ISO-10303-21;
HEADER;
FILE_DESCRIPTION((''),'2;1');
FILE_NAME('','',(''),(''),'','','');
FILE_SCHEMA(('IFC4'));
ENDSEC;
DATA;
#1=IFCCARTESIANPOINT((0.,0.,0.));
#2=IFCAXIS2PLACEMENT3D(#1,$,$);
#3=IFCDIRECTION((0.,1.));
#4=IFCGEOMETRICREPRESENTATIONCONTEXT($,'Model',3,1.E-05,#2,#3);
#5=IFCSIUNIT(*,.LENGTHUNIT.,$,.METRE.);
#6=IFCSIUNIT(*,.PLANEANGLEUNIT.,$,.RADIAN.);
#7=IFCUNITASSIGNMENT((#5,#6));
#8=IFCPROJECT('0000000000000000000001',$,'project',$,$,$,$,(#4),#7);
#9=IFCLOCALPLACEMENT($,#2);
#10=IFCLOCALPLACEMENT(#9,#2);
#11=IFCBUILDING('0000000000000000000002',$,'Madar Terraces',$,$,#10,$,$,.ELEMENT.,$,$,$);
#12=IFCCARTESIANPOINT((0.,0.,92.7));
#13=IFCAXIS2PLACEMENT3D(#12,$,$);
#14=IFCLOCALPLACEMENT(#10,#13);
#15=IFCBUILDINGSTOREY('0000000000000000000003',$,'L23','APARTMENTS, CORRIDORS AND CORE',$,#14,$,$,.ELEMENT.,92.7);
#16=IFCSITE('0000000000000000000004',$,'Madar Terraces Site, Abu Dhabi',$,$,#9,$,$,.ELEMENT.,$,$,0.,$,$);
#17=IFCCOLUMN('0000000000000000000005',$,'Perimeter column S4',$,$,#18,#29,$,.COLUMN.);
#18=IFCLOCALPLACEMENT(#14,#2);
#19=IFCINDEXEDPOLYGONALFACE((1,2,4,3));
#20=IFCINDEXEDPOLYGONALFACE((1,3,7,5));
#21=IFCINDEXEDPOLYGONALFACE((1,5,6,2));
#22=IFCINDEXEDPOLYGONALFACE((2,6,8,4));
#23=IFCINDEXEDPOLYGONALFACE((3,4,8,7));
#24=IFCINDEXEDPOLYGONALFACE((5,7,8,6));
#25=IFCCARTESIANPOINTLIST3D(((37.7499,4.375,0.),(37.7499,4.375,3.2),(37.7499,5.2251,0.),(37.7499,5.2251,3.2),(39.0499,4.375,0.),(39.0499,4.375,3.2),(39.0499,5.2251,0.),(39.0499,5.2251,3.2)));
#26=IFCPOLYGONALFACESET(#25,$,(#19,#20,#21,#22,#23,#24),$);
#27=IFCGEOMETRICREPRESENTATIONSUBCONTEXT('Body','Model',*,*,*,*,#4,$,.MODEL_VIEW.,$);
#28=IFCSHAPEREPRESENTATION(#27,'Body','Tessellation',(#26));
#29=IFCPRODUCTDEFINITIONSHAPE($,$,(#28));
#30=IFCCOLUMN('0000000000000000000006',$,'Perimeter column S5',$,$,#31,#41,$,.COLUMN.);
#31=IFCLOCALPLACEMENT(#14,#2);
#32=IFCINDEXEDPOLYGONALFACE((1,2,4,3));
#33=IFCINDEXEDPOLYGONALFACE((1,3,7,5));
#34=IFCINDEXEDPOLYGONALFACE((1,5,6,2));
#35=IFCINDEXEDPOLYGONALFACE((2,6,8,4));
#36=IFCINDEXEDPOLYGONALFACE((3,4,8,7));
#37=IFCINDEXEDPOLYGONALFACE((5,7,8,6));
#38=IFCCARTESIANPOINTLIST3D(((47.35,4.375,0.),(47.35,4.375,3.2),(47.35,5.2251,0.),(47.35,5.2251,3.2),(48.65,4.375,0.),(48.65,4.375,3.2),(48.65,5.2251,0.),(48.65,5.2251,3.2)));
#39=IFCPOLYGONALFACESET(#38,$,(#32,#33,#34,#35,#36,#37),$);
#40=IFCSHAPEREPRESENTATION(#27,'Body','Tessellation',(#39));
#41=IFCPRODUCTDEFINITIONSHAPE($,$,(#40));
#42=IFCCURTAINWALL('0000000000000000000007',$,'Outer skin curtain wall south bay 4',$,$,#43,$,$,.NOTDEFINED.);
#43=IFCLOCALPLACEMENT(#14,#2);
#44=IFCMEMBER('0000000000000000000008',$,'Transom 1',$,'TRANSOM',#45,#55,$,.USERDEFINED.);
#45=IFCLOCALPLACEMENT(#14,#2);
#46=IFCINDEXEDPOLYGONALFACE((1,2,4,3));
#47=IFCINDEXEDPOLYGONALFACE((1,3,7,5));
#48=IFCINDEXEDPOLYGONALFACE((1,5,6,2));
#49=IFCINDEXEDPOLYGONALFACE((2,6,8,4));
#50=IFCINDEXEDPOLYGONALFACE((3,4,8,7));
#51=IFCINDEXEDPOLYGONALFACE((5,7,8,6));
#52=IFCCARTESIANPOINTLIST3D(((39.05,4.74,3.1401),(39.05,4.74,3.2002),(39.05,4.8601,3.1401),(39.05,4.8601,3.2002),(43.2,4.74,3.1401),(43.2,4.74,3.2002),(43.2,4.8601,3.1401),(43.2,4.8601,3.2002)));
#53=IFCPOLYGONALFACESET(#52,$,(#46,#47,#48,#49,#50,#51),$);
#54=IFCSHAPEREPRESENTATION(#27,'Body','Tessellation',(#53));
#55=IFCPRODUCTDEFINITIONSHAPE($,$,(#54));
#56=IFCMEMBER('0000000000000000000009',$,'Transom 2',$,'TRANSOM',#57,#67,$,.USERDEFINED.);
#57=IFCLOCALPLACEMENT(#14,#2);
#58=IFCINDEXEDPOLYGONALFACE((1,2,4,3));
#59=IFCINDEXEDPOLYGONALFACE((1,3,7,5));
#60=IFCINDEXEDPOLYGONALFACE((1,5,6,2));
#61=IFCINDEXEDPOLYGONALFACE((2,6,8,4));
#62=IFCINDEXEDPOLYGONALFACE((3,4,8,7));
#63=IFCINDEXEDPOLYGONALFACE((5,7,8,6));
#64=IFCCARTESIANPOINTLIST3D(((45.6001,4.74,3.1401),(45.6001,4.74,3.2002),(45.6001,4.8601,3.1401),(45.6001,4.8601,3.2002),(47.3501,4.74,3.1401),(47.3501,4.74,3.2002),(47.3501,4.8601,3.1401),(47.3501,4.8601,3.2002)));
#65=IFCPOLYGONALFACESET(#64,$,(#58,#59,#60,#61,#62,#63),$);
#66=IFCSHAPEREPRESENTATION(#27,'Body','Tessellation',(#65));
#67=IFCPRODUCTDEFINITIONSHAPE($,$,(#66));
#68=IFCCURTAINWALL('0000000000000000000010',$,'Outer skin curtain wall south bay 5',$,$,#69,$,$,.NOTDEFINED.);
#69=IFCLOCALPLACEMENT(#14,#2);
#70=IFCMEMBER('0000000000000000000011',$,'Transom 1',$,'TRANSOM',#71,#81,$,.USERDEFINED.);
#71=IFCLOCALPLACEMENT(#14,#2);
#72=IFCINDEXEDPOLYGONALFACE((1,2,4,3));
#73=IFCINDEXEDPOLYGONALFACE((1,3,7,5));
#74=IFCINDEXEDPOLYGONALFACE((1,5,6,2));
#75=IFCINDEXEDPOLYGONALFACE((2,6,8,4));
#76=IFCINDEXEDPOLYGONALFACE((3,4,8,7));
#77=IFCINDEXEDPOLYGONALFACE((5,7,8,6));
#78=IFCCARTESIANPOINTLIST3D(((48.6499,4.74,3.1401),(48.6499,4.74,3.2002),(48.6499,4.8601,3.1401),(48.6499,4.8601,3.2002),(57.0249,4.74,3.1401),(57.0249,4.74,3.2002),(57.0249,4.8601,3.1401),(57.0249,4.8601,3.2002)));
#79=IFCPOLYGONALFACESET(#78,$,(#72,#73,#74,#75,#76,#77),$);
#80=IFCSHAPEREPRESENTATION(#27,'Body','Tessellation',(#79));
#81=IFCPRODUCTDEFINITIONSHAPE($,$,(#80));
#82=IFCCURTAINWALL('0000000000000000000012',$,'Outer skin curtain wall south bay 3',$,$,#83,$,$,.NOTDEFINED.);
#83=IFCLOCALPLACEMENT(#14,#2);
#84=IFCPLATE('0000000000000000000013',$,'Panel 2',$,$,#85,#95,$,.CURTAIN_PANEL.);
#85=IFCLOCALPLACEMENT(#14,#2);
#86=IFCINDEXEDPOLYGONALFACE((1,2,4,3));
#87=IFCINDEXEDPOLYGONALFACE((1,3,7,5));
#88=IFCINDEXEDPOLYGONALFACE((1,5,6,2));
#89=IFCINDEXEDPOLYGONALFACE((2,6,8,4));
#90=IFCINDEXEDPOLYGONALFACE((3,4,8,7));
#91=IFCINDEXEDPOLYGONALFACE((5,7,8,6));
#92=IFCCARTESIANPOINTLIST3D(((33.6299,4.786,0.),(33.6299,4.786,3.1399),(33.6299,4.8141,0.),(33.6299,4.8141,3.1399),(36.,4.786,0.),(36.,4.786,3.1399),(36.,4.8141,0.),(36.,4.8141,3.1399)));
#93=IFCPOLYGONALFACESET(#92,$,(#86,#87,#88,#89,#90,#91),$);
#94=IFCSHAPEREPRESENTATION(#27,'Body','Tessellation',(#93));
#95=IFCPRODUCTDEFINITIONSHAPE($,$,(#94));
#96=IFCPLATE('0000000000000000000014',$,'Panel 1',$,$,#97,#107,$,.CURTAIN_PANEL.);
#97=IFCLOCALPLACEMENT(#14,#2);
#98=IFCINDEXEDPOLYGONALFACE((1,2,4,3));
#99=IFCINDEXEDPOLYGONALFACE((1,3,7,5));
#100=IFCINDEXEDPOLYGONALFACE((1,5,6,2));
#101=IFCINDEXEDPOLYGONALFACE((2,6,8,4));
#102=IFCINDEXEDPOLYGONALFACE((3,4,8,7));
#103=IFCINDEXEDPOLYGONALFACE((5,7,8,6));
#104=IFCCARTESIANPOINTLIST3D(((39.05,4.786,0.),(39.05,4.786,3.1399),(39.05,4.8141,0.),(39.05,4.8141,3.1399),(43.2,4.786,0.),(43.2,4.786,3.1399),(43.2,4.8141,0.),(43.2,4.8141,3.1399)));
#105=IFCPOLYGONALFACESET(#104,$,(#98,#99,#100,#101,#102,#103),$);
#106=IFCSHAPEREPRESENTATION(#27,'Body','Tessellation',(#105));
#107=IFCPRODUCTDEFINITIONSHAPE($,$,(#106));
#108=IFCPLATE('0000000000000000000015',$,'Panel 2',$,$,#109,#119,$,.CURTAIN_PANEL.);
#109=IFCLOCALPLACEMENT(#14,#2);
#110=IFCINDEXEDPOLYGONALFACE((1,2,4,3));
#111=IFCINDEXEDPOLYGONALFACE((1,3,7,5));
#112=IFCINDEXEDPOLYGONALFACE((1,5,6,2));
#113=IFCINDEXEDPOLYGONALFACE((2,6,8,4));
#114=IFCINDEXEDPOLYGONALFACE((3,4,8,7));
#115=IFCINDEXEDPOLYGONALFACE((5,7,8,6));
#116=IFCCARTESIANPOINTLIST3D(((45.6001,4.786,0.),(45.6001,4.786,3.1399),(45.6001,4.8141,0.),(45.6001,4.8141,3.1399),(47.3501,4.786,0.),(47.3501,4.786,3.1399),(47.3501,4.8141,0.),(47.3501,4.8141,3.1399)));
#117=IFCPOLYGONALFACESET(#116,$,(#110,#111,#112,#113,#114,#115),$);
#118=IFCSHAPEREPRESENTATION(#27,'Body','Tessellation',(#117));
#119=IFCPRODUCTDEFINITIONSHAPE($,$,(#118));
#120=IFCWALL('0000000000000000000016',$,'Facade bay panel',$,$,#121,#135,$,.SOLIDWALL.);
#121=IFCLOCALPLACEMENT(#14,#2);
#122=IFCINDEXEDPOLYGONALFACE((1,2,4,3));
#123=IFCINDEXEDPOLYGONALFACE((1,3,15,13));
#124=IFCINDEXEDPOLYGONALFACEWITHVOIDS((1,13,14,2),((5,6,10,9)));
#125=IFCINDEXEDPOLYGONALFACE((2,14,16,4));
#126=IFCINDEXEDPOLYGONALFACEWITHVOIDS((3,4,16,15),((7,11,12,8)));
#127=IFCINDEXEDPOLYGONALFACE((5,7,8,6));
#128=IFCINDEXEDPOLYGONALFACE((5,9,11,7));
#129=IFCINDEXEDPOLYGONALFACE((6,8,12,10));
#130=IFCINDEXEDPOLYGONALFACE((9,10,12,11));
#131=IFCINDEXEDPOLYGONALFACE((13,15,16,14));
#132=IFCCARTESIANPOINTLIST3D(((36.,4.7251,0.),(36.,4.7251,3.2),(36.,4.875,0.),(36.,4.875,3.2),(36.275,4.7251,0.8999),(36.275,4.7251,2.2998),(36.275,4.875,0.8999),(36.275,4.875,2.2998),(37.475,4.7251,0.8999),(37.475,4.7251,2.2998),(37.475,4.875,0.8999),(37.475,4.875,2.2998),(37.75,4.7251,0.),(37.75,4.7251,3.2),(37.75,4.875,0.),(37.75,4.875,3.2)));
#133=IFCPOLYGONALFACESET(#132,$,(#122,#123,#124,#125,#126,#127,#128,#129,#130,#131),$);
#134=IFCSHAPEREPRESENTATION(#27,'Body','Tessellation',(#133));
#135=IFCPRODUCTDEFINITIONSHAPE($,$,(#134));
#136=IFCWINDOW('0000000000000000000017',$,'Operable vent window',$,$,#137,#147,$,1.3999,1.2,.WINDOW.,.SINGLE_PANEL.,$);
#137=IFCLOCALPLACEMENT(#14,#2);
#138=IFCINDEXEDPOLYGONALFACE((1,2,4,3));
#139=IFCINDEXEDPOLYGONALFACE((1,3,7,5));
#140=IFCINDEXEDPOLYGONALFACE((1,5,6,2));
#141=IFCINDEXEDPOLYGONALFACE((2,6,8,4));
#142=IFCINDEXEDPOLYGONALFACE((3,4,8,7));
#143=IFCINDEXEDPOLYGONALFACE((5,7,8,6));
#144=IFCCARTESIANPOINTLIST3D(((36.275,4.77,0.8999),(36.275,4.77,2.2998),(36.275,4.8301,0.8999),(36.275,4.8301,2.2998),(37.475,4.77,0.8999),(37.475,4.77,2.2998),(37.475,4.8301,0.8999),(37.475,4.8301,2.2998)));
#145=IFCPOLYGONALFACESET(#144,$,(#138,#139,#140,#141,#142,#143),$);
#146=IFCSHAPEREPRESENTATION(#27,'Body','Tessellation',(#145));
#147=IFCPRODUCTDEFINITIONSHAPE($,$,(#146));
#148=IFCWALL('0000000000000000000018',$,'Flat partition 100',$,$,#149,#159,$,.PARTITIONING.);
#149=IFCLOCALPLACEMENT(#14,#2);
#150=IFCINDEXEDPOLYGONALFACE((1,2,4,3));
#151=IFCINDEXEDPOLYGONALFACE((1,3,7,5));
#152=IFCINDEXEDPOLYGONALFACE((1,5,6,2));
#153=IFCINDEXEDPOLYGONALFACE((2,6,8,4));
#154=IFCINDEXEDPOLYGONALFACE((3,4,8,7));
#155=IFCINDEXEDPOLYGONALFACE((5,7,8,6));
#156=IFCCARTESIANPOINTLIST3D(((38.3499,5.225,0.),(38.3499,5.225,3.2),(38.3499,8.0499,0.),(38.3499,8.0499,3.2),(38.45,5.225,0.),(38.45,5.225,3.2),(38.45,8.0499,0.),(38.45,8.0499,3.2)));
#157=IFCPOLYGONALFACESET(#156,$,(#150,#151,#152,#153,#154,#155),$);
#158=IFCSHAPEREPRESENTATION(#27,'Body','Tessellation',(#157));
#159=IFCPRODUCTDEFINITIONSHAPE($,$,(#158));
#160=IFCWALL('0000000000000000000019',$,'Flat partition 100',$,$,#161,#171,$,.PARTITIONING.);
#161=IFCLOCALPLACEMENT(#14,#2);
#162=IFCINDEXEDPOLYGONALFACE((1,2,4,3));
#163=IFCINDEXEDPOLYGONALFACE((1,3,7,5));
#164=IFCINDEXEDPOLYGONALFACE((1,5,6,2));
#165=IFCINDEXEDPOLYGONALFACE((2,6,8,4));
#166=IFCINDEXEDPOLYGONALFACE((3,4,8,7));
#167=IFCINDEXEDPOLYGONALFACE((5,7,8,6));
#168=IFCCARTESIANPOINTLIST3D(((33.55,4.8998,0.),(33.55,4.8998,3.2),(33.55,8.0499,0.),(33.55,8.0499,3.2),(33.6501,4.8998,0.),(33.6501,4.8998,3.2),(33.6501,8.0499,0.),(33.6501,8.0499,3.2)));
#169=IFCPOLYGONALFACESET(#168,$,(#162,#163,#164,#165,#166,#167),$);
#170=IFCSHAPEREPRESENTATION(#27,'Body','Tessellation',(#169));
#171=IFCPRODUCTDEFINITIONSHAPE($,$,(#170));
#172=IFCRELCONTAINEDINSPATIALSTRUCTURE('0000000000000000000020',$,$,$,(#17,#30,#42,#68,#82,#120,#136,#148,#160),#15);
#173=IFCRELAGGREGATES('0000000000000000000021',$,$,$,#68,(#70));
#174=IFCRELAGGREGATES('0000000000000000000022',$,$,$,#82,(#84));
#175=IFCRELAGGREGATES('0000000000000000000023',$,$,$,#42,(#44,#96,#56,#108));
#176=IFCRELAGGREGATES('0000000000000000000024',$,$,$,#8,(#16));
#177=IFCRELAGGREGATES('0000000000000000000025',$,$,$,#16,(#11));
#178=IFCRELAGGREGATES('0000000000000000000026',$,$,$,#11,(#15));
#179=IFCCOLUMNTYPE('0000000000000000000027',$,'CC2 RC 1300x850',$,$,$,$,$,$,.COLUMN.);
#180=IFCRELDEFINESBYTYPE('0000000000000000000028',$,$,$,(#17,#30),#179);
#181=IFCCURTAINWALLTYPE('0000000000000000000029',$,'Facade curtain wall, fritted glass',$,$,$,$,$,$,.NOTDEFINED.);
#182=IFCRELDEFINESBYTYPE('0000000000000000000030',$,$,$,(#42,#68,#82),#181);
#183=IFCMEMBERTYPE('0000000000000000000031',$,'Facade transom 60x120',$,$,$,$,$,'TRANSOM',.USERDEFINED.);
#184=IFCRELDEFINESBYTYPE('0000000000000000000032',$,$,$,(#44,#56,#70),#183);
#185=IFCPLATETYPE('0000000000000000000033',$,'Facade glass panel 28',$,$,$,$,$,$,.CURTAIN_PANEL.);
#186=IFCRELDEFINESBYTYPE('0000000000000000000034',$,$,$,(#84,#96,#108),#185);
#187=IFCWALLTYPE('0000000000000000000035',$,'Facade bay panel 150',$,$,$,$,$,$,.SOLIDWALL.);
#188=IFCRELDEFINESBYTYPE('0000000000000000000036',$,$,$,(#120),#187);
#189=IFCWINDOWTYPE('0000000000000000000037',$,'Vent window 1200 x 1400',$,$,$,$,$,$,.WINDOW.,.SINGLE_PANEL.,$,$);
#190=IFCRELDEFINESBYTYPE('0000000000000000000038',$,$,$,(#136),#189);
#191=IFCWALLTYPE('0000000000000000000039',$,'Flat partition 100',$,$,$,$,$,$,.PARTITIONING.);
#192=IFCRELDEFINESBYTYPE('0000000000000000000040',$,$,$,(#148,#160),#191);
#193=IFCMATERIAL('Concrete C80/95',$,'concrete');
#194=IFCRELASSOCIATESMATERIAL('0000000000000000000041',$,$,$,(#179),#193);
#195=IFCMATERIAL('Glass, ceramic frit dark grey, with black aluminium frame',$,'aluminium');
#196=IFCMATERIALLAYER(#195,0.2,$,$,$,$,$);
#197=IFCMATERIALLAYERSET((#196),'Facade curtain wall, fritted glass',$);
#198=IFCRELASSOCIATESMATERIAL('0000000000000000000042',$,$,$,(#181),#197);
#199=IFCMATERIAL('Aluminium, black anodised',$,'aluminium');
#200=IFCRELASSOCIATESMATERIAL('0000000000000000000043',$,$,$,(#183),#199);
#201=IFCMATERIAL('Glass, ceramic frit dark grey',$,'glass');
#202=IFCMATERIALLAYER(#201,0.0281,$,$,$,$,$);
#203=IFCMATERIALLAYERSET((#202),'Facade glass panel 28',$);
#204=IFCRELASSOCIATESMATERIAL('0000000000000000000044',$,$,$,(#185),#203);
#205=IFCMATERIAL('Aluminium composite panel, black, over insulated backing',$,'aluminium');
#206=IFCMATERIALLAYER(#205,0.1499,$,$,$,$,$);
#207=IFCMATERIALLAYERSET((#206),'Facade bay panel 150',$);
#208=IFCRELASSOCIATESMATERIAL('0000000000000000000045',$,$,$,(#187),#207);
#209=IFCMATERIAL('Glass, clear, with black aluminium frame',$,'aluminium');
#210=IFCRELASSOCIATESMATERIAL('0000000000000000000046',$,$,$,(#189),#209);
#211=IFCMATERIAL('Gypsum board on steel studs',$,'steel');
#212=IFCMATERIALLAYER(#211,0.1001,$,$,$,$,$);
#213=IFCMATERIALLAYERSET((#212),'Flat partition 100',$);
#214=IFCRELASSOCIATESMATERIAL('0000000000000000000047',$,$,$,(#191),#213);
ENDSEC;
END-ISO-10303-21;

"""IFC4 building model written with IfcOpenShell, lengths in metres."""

from ifc_helpers import new_model, si_unit, direction, frame, frame_2d, origin, origin_2d, place, context, subcontext, project, spatial, rectangle, extrude, material, layer, layer_set, material_profile, profile_set, type_object, element, fill, aggregate, save


model = new_model("IFC4")

# Units and contexts
model_context = context("Model", 3, precision=1e-05, world=origin(), true_north=direction((0.0, 1.0)))
body_context = subcontext(model_context, "Body", "Model", "MODEL_VIEW")
ifc_project = project(units=[si_unit("LENGTHUNIT", "METRE"), si_unit("PLANEANGLEUNIT", "RADIAN")], contexts=[model_context])

# Site, building, storey
site_placement = place(None, origin())
site = spatial("IfcSite", under=ifc_project, at=site_placement, Name="Madar Terraces Site, Abu Dhabi", CompositionType="ELEMENT", RefElevation=0.0)
building_placement = place(site_placement, origin())
building = spatial("IfcBuilding", under=site, at=building_placement, Name="Madar Terraces", CompositionType="ELEMENT")
storey_placement = place(building_placement, frame((0.0, 0.0, 92.7)))
storey = spatial("IfcBuildingStorey", under=building, at=storey_placement, Name="L23", Description="APARTMENTS, CORRIDORS AND CORE", CompositionType="ELEMENT", Elevation=92.7)

# Columns
ifc_material_1 = material(Name="Concrete C80/95", Category="concrete")
ifc_material_profile_1 = material_profile(ifc_material_1, rectangle(XDim=1.3, YDim=0.8501, at=origin_2d()), Name="CC2 RC 1300x850")
ifc_profile_set_1 = profile_set([ifc_material_profile_1], Name="Concrete C80/95")
column_type = type_object("IfcColumnType", Name="CC2 RC 1300x850", PredefinedType="COLUMN", material=ifc_profile_set_1)
for number, where, z_axis, x_axis, name in (
    (1, (38.3999, 4.8, 0.0), (0.0, 0.0, 1.0), (1.0, 0.0, 0.0), "Perimeter column S4"),
    (2, (48.0, 4.8, 0.0), (0.0, 0.0, 1.0), (1.0, 0.0, 0.0), "Perimeter column S5"),
):
    element("IfcColumn", number, at=place(storey_placement, frame(where, z_axis=z_axis, x_axis=x_axis)), inside=storey, type_object=column_type, Name=name, PredefinedType="COLUMN", context=body_context, shape_type="SweptSolid", body=[
        extrude(rectangle(XDim=1.3, YDim=0.8501, at=origin_2d()), origin(), (0.0, 0.0, 1.0), 3.2),
    ])

# Curtain wall, members
ifc_material_2 = material(Name="Glass, ceramic frit dark grey, with black aluminium frame", Category="aluminium")
ifc_layer_1 = layer(ifc_material_2, 0.2)
ifc_layer_set_1 = layer_set([ifc_layer_1], Name="Facade curtain wall, fritted glass")
curtain_wall_type = type_object("IfcCurtainWallType", Name="Facade curtain wall, fritted glass", PredefinedType="NOTDEFINED", material=ifc_layer_set_1)
curtain_wall_1_placement = place(storey_placement, origin())
curtain_wall_1 = element("IfcCurtainWall", 3, at=curtain_wall_1_placement, inside=storey, type_object=curtain_wall_type, Name="Outer skin curtain wall south bay 4", PredefinedType="NOTDEFINED")
ifc_material_3 = material(Name="Aluminium, black anodised", Category="aluminium")
ifc_material_profile_2 = material_profile(ifc_material_3, rectangle(XDim=0.1201, YDim=0.0601, at=origin_2d()), Name="Facade transom 60x120")
ifc_profile_set_2 = profile_set([ifc_material_profile_2], Name="Aluminium, black anodised")
member_type = type_object("IfcMemberType", Name="Facade transom 60x120", ElementType="TRANSOM", PredefinedType="USERDEFINED", material=ifc_profile_set_2)
member_1_placement = place(storey_placement, frame((39.05, 4.8, 3.1702), z_axis=(1.0, 0.0, 0.0), x_axis=(0.0, 1.0, 0.0)))
member_1 = element("IfcMember", 4, at=member_1_placement, type_object=member_type, Name="Transom 1", ObjectType="TRANSOM", PredefinedType="USERDEFINED", context=body_context, shape_type="SweptSolid", body=[
    extrude(rectangle(XDim=0.1201, YDim=0.0601, at=origin_2d()), origin(), (0.0, 0.0, 1.0), 4.1499),
])
member_2_placement = place(storey_placement, frame((45.6001, 4.8, 3.1702), z_axis=(1.0, 0.0, 0.0), x_axis=(0.0, 1.0, 0.0)))
member_2 = element("IfcMember", 5, at=member_2_placement, type_object=member_type, Name="Transom 2", ObjectType="TRANSOM", PredefinedType="USERDEFINED", context=body_context, shape_type="SweptSolid", body=[
    extrude(rectangle(XDim=0.1201, YDim=0.0601, at=origin_2d()), origin(), (0.0, 0.0, 1.0), 1.75),
])

# Curtain wall, member
curtain_wall_2_placement = place(storey_placement, origin())
curtain_wall_2 = element("IfcCurtainWall", 6, at=curtain_wall_2_placement, inside=storey, type_object=curtain_wall_type, Name="Outer skin curtain wall south bay 5", PredefinedType="NOTDEFINED")
member_3_placement = place(storey_placement, frame((48.6499, 4.8, 3.1702), z_axis=(1.0, 0.0, 0.0), x_axis=(0.0, 1.0, 0.0)))
member_3 = element("IfcMember", 7, at=member_3_placement, type_object=member_type, Name="Transom 1", ObjectType="TRANSOM", PredefinedType="USERDEFINED", context=body_context, shape_type="SweptSolid", body=[
    extrude(rectangle(XDim=0.1201, YDim=0.0601, at=origin_2d()), origin(), (0.0, 0.0, 1.0), 8.375),
])
aggregate(curtain_wall_2, [member_3])

# Curtain wall, plate
curtain_wall_3_placement = place(storey_placement, origin())
curtain_wall_3 = element("IfcCurtainWall", 8, at=curtain_wall_3_placement, inside=storey, type_object=curtain_wall_type, Name="Outer skin curtain wall south bay 3", PredefinedType="NOTDEFINED")
ifc_material_4 = material(Name="Glass, ceramic frit dark grey", Category="glass")
ifc_layer_2 = layer(ifc_material_4, 0.0281)
ifc_layer_set_2 = layer_set([ifc_layer_2], Name="Facade glass panel 28")
plate_type = type_object("IfcPlateType", Name="Facade glass panel 28", PredefinedType="CURTAIN_PANEL", material=ifc_layer_set_2)
plate_1_placement = place(storey_placement, frame((34.8149, 4.8, 0.0), z_axis=(0.0, 0.0, 1.0), x_axis=(1.0, 0.0, 0.0)))
plate_1 = element("IfcPlate", 9, at=plate_1_placement, type_object=plate_type, Name="Panel 2", PredefinedType="CURTAIN_PANEL", context=body_context, shape_type="SweptSolid", body=[
    extrude(rectangle(XDim=2.3701, YDim=0.0281, at=origin_2d()), origin(), (0.0, 0.0, 1.0), 3.1399),
])
aggregate(curtain_wall_3, [plate_1])

# Plates
plate_2_placement = place(storey_placement, frame((41.125, 4.8, 0.0), z_axis=(0.0, 0.0, 1.0), x_axis=(1.0, 0.0, 0.0)))
plate_2 = element("IfcPlate", 10, at=plate_2_placement, type_object=plate_type, Name="Panel 1", PredefinedType="CURTAIN_PANEL", context=body_context, shape_type="SweptSolid", body=[
    extrude(rectangle(XDim=4.1499, YDim=0.0281, at=origin_2d()), origin(), (0.0, 0.0, 1.0), 3.1399),
])
plate_3_placement = place(storey_placement, frame((46.4751, 4.8, 0.0), z_axis=(0.0, 0.0, 1.0), x_axis=(1.0, 0.0, 0.0)))
plate_3 = element("IfcPlate", 11, at=plate_3_placement, type_object=plate_type, Name="Panel 2", PredefinedType="CURTAIN_PANEL", context=body_context, shape_type="SweptSolid", body=[
    extrude(rectangle(XDim=1.75, YDim=0.0281, at=origin_2d()), origin(), (0.0, 0.0, 1.0), 3.1399),
])
aggregate(curtain_wall_1, [member_1, plate_2, member_2, plate_3])

# Wall, opening, window
ifc_material_5 = material(Name="Aluminium composite panel, black, over insulated backing", Category="aluminium")
ifc_layer_3 = layer(ifc_material_5, 0.1499)
ifc_layer_set_3 = layer_set([ifc_layer_3], Name="Facade bay panel 150")
wall_type_1 = type_object("IfcWallType", Name="Facade bay panel 150", PredefinedType="SOLIDWALL", material=ifc_layer_set_3)
wall_1_placement = place(storey_placement, frame((36.0, 4.8, 0.0), z_axis=(0.0, 0.0, 1.0), x_axis=(1.0, 0.0, 0.0)))
wall_1 = element("IfcWall", 12, at=wall_1_placement, inside=storey, type_object=wall_type_1, Name="Facade bay panel", PredefinedType="SOLIDWALL", context=body_context, shape_type="SweptSolid", body=[
    extrude(rectangle(XDim=1.75, YDim=0.1499, at=frame_2d((0.875, 0.0))), origin(), (0.0, 0.0, 1.0), 3.2),
])
opening_1_placement = place(wall_1_placement, frame((0.2749, 0.0, 0.8999)))
opening_1 = element("IfcOpeningElement", 13, at=opening_1_placement, cuts=wall_1, PredefinedType="OPENING", context=body_context, shape_type="SweptSolid", body=[
    extrude(rectangle(XDim=1.2, YDim=1.3999, at=frame_2d((0.6001, 0.7))), frame((0.0, 0.085, 0.0), z_axis=(0.0, -1.0, 0.0), x_axis=(1.0, 0.0, 0.0)), (0.0, 0.0, 1.0), 0.1699),
])
ifc_material_6 = material(Name="Glass, clear, with black aluminium frame", Category="aluminium")
window_type = type_object("IfcWindowType", Name="Vent window 1200 x 1400", PartitioningType="SINGLE_PANEL", PredefinedType="WINDOW", material=ifc_material_6)
window_placement = place(opening_1_placement, origin())
window = element("IfcWindow", 14, at=window_placement, inside=storey, type_object=window_type, Name="Operable vent window", OverallHeight=1.3999, OverallWidth=1.2, PartitioningType="SINGLE_PANEL", PredefinedType="WINDOW", context=body_context, shape_type="SweptSolid", body=[
    extrude(rectangle(XDim=1.2, YDim=1.3999, at=frame_2d((0.6001, 0.7))), frame((0.0, 0.03, 0.0), z_axis=(0.0, -1.0, 0.0), x_axis=(1.0, 0.0, 0.0)), (0.0, 0.0, 1.0), 0.0601),
])
fill(opening_1, window)

# Walls
ifc_material_7 = material(Name="Gypsum board on steel studs", Category="steel")
ifc_layer_4 = layer(ifc_material_7, 0.1001)
ifc_layer_set_4 = layer_set([ifc_layer_4], Name="Flat partition 100")
wall_type_2 = type_object("IfcWallType", Name="Flat partition 100", PredefinedType="PARTITIONING", material=ifc_layer_set_4)
wall_2_placement = place(storey_placement, frame((38.3999, 8.05, 0.0), z_axis=(0.0, 0.0, 1.0), x_axis=(0.0, -1.0, 0.0)))
element("IfcWall", 15, at=wall_2_placement, inside=storey, type_object=wall_type_2, Name="Flat partition 100", PredefinedType="PARTITIONING", context=body_context, shape_type="SweptSolid", body=[
    extrude(rectangle(XDim=2.825, YDim=0.1001, at=frame_2d((1.4126, 0.0))), origin(), (0.0, 0.0, 1.0), 3.2),
])
wall_3_placement = place(storey_placement, frame((33.6001, 8.05, 0.0), z_axis=(0.0, 0.0, 1.0), x_axis=(0.0, -1.0, 0.0)))
element("IfcWall", 16, at=wall_3_placement, inside=storey, type_object=wall_type_2, Name="Flat partition 100", PredefinedType="PARTITIONING", context=body_context, shape_type="SweptSolid", body=[
    extrude(rectangle(XDim=3.1501, YDim=0.1001, at=frame_2d((1.5752, 0.0))), origin(), (0.0, 0.0, 1.0), 3.2),
])

save(model, "model.ifc")
